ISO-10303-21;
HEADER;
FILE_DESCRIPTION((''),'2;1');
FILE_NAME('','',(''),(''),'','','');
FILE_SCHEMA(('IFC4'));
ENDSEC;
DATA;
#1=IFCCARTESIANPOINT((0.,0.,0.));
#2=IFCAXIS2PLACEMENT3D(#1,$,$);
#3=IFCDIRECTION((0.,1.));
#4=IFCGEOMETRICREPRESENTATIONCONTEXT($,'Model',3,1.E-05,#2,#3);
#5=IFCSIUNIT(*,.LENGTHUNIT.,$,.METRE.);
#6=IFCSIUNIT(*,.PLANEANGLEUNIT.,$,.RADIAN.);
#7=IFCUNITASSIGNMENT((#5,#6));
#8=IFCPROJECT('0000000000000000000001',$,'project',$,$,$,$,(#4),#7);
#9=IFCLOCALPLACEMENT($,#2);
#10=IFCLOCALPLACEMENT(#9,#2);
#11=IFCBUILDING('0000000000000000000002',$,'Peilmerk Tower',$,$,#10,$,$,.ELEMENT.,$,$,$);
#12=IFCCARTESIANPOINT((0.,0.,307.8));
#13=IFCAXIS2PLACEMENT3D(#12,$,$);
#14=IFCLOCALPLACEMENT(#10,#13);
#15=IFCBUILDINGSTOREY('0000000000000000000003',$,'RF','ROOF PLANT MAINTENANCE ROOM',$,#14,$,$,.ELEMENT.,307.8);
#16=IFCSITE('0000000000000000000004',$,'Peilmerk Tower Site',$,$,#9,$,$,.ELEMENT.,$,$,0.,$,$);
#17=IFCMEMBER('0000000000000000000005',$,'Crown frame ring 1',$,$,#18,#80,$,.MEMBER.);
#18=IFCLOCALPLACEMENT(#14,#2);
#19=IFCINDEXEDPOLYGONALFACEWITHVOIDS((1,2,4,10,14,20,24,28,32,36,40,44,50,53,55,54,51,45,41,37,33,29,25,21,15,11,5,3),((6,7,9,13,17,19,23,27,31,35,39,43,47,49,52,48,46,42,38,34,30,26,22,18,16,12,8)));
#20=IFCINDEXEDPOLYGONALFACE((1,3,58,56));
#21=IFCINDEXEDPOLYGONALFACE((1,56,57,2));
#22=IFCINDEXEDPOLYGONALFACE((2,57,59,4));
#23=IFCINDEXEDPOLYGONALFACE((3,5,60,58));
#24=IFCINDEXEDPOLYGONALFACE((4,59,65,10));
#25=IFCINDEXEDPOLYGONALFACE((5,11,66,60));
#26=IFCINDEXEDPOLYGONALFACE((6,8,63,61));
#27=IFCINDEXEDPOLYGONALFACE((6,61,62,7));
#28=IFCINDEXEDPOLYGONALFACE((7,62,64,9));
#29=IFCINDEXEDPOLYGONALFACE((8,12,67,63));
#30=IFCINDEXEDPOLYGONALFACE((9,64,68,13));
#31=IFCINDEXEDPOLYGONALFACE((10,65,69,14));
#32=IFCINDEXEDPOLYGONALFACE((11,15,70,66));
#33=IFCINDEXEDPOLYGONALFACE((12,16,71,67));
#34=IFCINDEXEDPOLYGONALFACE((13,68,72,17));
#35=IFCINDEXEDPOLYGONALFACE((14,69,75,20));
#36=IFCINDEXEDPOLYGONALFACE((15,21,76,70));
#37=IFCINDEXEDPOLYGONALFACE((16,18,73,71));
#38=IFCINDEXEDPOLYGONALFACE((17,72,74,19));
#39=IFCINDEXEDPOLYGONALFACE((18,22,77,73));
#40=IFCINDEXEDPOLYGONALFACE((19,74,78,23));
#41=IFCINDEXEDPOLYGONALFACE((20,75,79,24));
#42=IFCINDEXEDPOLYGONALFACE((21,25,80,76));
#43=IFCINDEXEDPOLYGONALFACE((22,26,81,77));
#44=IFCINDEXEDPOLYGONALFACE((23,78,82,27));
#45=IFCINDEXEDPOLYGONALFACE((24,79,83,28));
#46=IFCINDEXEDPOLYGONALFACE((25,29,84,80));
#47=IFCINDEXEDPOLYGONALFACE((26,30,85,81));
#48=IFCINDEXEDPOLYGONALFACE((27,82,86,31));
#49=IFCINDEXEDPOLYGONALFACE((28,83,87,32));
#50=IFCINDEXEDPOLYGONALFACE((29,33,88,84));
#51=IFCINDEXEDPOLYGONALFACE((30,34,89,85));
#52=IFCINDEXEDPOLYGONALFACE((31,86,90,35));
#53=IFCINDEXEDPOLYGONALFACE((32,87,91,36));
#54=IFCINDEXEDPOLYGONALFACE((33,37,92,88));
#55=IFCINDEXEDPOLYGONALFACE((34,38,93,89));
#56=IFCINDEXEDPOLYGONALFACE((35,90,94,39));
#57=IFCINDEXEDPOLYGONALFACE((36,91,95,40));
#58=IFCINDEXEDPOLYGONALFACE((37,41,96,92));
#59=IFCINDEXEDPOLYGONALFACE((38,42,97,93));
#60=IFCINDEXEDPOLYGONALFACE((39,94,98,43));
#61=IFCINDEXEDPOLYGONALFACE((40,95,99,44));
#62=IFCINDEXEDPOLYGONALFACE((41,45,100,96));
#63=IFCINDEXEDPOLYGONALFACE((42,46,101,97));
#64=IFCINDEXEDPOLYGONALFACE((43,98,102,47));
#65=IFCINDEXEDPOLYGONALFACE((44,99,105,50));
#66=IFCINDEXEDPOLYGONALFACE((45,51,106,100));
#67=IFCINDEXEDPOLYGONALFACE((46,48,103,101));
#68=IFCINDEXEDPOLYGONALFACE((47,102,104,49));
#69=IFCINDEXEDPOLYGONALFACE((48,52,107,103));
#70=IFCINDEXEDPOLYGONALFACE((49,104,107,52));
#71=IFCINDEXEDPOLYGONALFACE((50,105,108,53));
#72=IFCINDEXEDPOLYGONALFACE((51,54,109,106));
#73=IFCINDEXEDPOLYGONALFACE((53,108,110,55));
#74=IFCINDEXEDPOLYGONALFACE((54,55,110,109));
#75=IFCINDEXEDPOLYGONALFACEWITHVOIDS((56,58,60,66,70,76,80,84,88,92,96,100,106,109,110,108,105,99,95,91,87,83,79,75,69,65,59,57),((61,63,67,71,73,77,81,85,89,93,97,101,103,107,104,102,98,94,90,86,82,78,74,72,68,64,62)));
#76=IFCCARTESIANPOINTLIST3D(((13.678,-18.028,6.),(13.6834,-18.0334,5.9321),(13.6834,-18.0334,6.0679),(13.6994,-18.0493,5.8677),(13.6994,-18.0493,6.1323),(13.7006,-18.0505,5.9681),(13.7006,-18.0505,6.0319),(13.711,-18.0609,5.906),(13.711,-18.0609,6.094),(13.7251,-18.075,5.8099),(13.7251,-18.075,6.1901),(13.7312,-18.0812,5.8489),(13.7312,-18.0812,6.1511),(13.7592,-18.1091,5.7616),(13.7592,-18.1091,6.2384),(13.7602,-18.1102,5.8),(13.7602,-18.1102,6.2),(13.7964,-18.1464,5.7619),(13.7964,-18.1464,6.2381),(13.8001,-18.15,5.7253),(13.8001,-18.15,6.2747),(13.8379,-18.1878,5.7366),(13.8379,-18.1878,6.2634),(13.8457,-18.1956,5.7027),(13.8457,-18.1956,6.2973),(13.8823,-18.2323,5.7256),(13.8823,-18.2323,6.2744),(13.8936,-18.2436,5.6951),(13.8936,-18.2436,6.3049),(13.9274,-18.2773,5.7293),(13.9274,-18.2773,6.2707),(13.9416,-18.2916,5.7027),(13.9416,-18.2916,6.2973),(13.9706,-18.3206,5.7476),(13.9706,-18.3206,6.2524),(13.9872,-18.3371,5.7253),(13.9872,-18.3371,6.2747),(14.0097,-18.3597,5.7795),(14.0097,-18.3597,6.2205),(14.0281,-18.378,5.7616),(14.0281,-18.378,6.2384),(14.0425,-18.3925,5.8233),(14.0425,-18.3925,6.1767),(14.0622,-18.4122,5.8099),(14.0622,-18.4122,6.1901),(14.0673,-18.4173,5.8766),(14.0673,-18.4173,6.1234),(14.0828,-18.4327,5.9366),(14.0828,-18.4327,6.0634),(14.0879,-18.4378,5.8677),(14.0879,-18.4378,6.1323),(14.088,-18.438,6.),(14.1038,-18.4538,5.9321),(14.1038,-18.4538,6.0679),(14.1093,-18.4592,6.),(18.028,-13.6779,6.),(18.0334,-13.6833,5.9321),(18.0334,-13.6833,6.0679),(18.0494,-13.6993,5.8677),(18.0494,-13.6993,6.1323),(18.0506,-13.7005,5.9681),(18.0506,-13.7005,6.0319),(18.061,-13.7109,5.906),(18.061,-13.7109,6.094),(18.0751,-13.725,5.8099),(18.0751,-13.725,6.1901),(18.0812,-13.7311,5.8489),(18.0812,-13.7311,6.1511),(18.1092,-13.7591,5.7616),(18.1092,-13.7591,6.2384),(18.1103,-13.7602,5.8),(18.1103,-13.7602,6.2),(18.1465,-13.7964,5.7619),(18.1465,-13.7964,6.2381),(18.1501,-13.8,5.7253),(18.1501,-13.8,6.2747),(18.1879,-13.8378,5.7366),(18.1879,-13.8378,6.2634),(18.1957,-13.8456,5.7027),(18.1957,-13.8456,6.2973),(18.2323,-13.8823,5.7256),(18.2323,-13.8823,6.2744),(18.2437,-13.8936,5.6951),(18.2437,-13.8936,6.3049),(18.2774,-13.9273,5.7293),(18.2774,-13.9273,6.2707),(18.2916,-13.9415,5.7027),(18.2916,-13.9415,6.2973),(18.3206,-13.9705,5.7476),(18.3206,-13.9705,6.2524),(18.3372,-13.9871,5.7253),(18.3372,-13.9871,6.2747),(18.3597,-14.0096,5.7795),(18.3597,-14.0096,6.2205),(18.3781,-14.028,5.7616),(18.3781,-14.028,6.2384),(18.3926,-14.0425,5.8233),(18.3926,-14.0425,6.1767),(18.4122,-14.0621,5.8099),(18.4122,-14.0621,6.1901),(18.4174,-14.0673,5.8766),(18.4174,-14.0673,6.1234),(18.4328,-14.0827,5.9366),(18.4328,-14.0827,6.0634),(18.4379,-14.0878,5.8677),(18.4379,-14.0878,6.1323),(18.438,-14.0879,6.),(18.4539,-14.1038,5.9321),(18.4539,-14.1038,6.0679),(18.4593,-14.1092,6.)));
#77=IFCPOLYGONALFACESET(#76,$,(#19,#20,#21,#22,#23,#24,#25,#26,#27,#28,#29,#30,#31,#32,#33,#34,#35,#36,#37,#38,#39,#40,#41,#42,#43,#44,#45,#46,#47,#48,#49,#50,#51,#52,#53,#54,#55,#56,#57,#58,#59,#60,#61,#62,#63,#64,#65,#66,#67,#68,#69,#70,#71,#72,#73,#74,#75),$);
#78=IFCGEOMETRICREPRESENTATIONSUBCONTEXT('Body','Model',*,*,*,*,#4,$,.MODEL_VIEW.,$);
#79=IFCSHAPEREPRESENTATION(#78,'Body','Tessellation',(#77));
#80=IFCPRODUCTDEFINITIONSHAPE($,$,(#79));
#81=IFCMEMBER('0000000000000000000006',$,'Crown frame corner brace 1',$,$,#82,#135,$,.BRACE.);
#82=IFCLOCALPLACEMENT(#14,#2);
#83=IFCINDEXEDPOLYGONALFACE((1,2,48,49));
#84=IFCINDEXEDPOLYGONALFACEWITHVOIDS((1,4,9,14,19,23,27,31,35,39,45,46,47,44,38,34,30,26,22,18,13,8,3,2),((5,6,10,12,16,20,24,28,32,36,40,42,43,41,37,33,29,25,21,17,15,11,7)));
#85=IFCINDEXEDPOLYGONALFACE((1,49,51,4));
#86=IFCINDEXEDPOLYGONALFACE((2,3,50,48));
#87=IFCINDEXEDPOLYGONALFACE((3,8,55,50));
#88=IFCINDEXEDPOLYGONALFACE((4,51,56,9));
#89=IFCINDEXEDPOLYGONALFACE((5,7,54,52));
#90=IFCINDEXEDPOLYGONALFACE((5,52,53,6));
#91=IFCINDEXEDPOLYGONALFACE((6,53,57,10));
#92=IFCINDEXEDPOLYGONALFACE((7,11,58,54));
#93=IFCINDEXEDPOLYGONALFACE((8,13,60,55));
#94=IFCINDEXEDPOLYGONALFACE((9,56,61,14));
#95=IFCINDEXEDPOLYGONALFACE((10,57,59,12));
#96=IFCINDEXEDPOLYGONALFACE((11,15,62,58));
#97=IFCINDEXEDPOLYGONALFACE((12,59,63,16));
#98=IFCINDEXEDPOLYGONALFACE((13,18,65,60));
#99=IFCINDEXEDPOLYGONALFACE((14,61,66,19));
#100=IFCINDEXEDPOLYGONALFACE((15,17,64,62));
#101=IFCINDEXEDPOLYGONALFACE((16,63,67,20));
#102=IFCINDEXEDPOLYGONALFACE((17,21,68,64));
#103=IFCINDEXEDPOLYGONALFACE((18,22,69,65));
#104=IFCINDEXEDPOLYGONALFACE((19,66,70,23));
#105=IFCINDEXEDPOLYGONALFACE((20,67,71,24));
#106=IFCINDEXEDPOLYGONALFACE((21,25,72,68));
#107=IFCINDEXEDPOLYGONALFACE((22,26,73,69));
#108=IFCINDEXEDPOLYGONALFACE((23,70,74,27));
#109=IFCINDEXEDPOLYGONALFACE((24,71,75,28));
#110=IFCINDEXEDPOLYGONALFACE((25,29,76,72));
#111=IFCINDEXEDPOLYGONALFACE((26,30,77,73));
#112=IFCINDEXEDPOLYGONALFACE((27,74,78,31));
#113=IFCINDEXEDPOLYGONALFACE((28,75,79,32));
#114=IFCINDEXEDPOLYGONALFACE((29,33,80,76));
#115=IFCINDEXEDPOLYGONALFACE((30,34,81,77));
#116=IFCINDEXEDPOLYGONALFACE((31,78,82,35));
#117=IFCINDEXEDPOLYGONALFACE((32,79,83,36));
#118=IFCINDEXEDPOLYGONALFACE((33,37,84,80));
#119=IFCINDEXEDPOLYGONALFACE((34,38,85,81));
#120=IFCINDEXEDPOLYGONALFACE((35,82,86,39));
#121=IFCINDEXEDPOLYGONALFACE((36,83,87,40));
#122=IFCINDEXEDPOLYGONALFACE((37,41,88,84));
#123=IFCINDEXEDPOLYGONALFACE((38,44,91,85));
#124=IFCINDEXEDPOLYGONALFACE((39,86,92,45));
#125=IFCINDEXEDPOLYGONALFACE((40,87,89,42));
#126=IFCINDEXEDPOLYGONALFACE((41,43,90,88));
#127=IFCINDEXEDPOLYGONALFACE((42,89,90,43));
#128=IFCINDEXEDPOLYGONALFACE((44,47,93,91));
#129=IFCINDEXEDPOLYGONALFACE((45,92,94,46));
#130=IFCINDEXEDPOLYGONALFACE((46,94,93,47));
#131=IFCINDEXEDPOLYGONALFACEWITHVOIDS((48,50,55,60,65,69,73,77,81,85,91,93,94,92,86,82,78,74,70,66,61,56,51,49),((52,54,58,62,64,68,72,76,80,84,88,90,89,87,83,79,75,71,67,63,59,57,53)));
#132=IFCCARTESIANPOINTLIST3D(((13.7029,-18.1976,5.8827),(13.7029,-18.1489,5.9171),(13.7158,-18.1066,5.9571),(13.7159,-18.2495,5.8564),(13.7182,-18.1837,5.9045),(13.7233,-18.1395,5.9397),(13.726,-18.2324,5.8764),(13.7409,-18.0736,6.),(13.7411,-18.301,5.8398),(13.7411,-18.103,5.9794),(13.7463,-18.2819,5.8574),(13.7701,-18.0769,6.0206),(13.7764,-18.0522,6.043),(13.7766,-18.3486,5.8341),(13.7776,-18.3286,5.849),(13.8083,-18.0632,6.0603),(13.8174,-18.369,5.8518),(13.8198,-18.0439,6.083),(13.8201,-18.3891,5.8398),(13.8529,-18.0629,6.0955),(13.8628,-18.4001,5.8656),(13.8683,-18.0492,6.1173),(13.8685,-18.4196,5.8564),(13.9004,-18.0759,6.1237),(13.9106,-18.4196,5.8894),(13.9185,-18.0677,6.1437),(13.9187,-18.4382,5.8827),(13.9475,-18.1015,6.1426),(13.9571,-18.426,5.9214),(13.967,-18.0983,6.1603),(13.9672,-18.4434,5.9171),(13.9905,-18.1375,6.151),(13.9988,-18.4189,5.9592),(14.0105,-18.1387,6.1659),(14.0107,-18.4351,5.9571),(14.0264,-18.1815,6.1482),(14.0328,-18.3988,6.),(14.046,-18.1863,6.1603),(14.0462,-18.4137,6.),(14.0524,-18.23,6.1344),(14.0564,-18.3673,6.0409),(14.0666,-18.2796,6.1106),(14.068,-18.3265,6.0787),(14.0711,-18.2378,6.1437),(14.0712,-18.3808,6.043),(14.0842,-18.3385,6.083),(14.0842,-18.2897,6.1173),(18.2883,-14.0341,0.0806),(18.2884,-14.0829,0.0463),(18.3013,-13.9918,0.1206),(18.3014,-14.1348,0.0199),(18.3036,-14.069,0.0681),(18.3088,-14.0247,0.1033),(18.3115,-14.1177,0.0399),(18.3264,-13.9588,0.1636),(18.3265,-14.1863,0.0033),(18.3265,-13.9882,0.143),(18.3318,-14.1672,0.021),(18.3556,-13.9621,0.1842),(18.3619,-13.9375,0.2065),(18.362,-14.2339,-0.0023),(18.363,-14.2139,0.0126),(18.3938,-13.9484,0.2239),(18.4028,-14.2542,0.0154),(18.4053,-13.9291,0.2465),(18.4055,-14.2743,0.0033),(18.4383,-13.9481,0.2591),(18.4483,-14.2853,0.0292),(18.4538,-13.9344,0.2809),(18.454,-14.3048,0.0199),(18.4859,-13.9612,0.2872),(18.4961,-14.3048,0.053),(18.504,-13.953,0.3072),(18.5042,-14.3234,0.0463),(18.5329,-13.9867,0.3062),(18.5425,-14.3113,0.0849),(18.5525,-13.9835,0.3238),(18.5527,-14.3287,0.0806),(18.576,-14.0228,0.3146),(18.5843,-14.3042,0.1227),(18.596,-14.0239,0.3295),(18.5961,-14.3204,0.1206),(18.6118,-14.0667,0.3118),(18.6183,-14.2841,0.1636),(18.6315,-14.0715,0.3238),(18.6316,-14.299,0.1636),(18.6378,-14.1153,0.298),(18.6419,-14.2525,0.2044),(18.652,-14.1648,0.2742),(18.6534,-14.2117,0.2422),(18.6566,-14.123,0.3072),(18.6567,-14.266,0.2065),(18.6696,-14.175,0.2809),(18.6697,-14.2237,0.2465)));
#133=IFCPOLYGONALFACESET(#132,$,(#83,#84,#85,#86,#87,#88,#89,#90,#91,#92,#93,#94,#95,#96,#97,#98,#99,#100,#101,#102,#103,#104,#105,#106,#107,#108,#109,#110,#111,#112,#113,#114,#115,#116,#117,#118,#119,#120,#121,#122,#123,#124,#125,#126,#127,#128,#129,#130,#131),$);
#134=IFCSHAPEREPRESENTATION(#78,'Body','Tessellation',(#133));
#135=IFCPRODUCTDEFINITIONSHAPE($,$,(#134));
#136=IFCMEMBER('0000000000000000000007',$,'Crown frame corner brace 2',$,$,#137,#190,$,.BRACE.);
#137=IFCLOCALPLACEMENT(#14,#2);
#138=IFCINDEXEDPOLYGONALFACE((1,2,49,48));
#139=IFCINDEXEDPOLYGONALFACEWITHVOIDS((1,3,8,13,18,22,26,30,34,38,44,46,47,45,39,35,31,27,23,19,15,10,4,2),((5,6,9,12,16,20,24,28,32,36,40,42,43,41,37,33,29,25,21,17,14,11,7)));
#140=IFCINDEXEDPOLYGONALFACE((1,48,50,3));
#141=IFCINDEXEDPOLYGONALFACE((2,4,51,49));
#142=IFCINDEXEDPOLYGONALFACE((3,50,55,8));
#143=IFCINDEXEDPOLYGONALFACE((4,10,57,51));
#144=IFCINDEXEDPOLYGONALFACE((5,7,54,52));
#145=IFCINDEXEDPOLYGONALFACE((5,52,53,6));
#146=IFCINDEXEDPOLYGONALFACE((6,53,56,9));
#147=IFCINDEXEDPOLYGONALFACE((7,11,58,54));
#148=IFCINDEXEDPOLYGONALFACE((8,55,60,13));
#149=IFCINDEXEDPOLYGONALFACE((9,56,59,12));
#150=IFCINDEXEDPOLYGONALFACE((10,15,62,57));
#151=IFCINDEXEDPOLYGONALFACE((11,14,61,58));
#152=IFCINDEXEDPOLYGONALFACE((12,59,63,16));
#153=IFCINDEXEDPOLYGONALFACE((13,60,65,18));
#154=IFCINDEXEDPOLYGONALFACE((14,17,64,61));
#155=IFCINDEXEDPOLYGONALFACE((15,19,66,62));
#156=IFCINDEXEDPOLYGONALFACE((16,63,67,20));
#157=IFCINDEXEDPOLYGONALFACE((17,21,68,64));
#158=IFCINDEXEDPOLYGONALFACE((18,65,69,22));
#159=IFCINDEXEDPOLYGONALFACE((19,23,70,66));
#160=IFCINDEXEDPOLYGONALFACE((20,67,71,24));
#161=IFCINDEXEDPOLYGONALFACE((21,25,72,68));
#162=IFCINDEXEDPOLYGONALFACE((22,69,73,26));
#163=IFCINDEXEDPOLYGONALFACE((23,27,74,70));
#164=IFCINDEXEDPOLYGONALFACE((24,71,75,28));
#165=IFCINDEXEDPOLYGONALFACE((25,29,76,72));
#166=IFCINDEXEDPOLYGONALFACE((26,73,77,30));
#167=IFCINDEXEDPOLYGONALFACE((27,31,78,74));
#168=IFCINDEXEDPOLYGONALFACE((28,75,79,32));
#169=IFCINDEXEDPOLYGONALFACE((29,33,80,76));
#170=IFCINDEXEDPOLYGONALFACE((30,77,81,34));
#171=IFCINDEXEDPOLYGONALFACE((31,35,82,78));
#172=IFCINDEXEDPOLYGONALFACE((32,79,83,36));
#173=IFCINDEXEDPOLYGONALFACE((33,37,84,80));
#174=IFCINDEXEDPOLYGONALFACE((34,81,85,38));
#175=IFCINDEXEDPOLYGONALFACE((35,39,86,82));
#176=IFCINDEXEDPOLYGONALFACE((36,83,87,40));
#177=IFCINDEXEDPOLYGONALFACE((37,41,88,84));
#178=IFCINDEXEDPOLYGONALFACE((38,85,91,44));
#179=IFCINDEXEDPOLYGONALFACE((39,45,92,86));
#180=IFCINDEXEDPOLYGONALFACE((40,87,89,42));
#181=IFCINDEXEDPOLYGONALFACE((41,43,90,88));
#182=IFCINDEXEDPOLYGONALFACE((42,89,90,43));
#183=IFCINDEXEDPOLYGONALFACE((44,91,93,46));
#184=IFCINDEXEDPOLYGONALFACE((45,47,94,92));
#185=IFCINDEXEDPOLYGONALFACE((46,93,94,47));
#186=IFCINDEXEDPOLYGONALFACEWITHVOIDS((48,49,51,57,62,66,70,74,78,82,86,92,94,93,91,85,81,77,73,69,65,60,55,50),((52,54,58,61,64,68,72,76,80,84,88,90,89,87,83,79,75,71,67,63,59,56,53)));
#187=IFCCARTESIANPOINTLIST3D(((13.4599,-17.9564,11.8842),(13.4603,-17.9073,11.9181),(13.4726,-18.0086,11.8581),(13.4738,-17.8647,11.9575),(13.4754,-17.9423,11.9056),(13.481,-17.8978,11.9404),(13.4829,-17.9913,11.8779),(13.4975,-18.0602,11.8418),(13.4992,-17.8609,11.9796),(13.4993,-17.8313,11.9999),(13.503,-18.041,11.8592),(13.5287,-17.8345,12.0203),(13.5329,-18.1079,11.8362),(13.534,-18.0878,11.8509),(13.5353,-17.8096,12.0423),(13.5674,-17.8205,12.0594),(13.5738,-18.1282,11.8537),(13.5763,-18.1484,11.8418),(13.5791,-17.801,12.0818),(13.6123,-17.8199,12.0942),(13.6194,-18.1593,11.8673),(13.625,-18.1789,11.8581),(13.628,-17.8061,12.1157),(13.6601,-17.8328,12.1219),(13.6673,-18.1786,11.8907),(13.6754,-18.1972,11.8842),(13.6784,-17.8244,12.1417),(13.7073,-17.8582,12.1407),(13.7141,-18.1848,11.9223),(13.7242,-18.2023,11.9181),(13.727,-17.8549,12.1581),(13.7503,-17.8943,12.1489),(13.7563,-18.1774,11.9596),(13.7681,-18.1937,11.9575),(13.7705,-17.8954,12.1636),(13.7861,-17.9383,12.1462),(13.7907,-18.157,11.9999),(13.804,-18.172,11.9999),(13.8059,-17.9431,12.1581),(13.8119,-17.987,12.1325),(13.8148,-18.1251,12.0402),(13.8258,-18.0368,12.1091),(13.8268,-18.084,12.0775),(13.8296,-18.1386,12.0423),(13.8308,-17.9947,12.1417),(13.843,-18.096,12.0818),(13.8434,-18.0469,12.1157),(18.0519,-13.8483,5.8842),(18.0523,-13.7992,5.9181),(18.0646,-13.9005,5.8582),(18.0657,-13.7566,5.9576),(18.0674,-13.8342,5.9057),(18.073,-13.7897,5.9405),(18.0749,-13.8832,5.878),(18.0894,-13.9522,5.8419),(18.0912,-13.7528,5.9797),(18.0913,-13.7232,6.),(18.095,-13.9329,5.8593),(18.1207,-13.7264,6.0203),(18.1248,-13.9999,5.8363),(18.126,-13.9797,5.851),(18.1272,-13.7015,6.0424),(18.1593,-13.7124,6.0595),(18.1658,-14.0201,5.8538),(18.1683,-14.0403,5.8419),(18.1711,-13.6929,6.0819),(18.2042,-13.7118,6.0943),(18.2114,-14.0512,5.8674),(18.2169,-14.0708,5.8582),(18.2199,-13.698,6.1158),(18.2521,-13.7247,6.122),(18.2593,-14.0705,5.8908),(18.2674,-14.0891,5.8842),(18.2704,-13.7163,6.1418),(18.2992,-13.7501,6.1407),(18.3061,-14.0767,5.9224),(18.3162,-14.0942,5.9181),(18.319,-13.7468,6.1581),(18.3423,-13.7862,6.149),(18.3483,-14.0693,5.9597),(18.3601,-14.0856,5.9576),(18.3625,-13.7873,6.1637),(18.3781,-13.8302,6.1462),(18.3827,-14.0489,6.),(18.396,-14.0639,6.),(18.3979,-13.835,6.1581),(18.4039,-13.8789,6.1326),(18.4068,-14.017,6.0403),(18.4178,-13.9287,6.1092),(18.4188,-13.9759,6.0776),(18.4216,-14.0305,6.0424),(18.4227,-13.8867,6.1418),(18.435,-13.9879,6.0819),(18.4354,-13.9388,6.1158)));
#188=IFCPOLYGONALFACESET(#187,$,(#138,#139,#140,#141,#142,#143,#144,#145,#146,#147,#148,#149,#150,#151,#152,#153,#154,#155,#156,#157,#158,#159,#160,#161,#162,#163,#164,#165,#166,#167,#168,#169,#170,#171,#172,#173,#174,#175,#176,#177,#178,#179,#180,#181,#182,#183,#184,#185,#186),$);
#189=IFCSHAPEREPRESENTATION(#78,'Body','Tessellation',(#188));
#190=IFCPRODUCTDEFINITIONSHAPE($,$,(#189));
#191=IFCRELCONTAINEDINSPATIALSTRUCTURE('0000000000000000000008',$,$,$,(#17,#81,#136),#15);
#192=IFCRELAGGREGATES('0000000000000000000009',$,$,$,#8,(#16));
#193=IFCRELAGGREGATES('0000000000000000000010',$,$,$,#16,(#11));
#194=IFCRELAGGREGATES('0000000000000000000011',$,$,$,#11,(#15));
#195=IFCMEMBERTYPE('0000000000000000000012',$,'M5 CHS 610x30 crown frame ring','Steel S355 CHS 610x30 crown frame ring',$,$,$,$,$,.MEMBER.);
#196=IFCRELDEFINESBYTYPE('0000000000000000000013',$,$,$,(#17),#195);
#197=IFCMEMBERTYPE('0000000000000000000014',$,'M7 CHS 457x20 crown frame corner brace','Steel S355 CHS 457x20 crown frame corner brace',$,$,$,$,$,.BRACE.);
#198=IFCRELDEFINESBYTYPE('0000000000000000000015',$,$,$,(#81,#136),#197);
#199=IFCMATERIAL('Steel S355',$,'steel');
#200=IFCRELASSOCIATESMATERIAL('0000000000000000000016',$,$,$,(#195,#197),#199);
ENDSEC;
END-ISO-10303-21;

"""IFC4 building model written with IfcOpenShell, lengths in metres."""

from ifc_helpers import new_model, si_unit, direction, frame, origin, origin_2d, place, context, subcontext, project, spatial, hollow_circle, extrude, material, material_profile, profile_set, type_object, element, save


model = new_model("IFC4")

# Units and contexts
model_context = context("Model", 3, precision=1e-05, world=origin(), true_north=direction((0.0, 1.0)))
body_context = subcontext(model_context, "Body", "Model", "MODEL_VIEW")
ifc_project = project(units=[si_unit("LENGTHUNIT", "METRE"), si_unit("PLANEANGLEUNIT", "RADIAN")], contexts=[model_context])

# Site, building, storey
site_placement = place(None, origin())
site = spatial("IfcSite", under=ifc_project, at=site_placement, Name="Peilmerk Tower Site", CompositionType="ELEMENT", RefElevation=0.0)
building_placement = place(site_placement, origin())
building = spatial("IfcBuilding", under=site, at=building_placement, Name="Peilmerk Tower", CompositionType="ELEMENT")
storey_placement = place(building_placement, frame((0.0, 0.0, 307.8)))
storey = spatial("IfcBuildingStorey", under=building, at=storey_placement, Name="RF", Description="ROOF PLANT MAINTENANCE ROOM", CompositionType="ELEMENT", Elevation=307.8)

# Shared definitions
ifc_material_1 = material(Name="Steel S355", Category="steel")

# Members
ifc_material_profile_1 = material_profile(ifc_material_1, hollow_circle(Radius=0.3049, WallThickness=0.03, at=origin_2d()), Name="CHS 610x30")
ifc_profile_set_1 = profile_set([ifc_material_profile_1], Name="Steel S355")
member_type_1 = type_object("IfcMemberType", Name="M5 CHS 610x30 crown frame ring", Description="Steel S355 CHS 610x30 crown frame ring", PredefinedType="MEMBER", material=ifc_profile_set_1)
member_1_placement = place(storey_placement, frame((18.2437, -13.8936, 6.0), z_axis=(-0.707107, -0.707107, 0.0), x_axis=(0.707107, -0.707107, 0.0)))
element("IfcMember", 1, at=member_1_placement, inside=storey, type_object=member_type_1, Name="Crown frame ring 1", PredefinedType="MEMBER", context=body_context, shape_type="SweptSolid", body=[
    extrude(hollow_circle(Radius=0.3049, WallThickness=0.03, at=origin_2d()), origin(), (0.0, 0.0, 1.0), 6.1519),
])
ifc_material_profile_2 = material_profile(ifc_material_1, hollow_circle(Radius=0.2285, WallThickness=0.02, at=origin_2d()), Name="CHS 457x20")
ifc_profile_set_2 = profile_set([ifc_material_profile_2], Name="Steel S355")
member_type_2 = type_object("IfcMemberType", Name="M7 CHS 457x20 crown frame corner brace", Description="Steel S355 CHS 457x20 crown frame corner brace", PredefinedType="BRACE", material=ifc_profile_set_2)
member_2_placement = place(storey_placement, frame((18.479, -14.1289, 0.1636), z_axis=(-0.54032, -0.484856, 0.687727), x_axis=(0.667874, -0.744275, 0.0)))
element("IfcMember", 2, at=member_2_placement, inside=storey, type_object=member_type_2, Name="Crown frame corner brace 1", PredefinedType="BRACE", context=body_context, shape_type="SweptSolid", body=[
    extrude(hollow_circle(Radius=0.2285, WallThickness=0.02, at=origin_2d()), origin(), (0.0, 0.0, 1.0), 8.4866),
])
member_3_placement = place(storey_placement, frame((18.2437, -13.8936, 6.0), z_axis=(-0.533945, -0.47768, 0.697657), x_axis=(0.666749, -0.745283, 0.0)))
element("IfcMember", 3, at=member_3_placement, inside=storey, type_object=member_type_2, Name="Crown frame corner brace 2", PredefinedType="BRACE", context=body_context, shape_type="SweptSolid", body=[
    extrude(hollow_circle(Radius=0.2285, WallThickness=0.02, at=origin_2d()), origin(), (0.0, 0.0, 1.0), 8.6001),
])

save(model, "model.ifc")
